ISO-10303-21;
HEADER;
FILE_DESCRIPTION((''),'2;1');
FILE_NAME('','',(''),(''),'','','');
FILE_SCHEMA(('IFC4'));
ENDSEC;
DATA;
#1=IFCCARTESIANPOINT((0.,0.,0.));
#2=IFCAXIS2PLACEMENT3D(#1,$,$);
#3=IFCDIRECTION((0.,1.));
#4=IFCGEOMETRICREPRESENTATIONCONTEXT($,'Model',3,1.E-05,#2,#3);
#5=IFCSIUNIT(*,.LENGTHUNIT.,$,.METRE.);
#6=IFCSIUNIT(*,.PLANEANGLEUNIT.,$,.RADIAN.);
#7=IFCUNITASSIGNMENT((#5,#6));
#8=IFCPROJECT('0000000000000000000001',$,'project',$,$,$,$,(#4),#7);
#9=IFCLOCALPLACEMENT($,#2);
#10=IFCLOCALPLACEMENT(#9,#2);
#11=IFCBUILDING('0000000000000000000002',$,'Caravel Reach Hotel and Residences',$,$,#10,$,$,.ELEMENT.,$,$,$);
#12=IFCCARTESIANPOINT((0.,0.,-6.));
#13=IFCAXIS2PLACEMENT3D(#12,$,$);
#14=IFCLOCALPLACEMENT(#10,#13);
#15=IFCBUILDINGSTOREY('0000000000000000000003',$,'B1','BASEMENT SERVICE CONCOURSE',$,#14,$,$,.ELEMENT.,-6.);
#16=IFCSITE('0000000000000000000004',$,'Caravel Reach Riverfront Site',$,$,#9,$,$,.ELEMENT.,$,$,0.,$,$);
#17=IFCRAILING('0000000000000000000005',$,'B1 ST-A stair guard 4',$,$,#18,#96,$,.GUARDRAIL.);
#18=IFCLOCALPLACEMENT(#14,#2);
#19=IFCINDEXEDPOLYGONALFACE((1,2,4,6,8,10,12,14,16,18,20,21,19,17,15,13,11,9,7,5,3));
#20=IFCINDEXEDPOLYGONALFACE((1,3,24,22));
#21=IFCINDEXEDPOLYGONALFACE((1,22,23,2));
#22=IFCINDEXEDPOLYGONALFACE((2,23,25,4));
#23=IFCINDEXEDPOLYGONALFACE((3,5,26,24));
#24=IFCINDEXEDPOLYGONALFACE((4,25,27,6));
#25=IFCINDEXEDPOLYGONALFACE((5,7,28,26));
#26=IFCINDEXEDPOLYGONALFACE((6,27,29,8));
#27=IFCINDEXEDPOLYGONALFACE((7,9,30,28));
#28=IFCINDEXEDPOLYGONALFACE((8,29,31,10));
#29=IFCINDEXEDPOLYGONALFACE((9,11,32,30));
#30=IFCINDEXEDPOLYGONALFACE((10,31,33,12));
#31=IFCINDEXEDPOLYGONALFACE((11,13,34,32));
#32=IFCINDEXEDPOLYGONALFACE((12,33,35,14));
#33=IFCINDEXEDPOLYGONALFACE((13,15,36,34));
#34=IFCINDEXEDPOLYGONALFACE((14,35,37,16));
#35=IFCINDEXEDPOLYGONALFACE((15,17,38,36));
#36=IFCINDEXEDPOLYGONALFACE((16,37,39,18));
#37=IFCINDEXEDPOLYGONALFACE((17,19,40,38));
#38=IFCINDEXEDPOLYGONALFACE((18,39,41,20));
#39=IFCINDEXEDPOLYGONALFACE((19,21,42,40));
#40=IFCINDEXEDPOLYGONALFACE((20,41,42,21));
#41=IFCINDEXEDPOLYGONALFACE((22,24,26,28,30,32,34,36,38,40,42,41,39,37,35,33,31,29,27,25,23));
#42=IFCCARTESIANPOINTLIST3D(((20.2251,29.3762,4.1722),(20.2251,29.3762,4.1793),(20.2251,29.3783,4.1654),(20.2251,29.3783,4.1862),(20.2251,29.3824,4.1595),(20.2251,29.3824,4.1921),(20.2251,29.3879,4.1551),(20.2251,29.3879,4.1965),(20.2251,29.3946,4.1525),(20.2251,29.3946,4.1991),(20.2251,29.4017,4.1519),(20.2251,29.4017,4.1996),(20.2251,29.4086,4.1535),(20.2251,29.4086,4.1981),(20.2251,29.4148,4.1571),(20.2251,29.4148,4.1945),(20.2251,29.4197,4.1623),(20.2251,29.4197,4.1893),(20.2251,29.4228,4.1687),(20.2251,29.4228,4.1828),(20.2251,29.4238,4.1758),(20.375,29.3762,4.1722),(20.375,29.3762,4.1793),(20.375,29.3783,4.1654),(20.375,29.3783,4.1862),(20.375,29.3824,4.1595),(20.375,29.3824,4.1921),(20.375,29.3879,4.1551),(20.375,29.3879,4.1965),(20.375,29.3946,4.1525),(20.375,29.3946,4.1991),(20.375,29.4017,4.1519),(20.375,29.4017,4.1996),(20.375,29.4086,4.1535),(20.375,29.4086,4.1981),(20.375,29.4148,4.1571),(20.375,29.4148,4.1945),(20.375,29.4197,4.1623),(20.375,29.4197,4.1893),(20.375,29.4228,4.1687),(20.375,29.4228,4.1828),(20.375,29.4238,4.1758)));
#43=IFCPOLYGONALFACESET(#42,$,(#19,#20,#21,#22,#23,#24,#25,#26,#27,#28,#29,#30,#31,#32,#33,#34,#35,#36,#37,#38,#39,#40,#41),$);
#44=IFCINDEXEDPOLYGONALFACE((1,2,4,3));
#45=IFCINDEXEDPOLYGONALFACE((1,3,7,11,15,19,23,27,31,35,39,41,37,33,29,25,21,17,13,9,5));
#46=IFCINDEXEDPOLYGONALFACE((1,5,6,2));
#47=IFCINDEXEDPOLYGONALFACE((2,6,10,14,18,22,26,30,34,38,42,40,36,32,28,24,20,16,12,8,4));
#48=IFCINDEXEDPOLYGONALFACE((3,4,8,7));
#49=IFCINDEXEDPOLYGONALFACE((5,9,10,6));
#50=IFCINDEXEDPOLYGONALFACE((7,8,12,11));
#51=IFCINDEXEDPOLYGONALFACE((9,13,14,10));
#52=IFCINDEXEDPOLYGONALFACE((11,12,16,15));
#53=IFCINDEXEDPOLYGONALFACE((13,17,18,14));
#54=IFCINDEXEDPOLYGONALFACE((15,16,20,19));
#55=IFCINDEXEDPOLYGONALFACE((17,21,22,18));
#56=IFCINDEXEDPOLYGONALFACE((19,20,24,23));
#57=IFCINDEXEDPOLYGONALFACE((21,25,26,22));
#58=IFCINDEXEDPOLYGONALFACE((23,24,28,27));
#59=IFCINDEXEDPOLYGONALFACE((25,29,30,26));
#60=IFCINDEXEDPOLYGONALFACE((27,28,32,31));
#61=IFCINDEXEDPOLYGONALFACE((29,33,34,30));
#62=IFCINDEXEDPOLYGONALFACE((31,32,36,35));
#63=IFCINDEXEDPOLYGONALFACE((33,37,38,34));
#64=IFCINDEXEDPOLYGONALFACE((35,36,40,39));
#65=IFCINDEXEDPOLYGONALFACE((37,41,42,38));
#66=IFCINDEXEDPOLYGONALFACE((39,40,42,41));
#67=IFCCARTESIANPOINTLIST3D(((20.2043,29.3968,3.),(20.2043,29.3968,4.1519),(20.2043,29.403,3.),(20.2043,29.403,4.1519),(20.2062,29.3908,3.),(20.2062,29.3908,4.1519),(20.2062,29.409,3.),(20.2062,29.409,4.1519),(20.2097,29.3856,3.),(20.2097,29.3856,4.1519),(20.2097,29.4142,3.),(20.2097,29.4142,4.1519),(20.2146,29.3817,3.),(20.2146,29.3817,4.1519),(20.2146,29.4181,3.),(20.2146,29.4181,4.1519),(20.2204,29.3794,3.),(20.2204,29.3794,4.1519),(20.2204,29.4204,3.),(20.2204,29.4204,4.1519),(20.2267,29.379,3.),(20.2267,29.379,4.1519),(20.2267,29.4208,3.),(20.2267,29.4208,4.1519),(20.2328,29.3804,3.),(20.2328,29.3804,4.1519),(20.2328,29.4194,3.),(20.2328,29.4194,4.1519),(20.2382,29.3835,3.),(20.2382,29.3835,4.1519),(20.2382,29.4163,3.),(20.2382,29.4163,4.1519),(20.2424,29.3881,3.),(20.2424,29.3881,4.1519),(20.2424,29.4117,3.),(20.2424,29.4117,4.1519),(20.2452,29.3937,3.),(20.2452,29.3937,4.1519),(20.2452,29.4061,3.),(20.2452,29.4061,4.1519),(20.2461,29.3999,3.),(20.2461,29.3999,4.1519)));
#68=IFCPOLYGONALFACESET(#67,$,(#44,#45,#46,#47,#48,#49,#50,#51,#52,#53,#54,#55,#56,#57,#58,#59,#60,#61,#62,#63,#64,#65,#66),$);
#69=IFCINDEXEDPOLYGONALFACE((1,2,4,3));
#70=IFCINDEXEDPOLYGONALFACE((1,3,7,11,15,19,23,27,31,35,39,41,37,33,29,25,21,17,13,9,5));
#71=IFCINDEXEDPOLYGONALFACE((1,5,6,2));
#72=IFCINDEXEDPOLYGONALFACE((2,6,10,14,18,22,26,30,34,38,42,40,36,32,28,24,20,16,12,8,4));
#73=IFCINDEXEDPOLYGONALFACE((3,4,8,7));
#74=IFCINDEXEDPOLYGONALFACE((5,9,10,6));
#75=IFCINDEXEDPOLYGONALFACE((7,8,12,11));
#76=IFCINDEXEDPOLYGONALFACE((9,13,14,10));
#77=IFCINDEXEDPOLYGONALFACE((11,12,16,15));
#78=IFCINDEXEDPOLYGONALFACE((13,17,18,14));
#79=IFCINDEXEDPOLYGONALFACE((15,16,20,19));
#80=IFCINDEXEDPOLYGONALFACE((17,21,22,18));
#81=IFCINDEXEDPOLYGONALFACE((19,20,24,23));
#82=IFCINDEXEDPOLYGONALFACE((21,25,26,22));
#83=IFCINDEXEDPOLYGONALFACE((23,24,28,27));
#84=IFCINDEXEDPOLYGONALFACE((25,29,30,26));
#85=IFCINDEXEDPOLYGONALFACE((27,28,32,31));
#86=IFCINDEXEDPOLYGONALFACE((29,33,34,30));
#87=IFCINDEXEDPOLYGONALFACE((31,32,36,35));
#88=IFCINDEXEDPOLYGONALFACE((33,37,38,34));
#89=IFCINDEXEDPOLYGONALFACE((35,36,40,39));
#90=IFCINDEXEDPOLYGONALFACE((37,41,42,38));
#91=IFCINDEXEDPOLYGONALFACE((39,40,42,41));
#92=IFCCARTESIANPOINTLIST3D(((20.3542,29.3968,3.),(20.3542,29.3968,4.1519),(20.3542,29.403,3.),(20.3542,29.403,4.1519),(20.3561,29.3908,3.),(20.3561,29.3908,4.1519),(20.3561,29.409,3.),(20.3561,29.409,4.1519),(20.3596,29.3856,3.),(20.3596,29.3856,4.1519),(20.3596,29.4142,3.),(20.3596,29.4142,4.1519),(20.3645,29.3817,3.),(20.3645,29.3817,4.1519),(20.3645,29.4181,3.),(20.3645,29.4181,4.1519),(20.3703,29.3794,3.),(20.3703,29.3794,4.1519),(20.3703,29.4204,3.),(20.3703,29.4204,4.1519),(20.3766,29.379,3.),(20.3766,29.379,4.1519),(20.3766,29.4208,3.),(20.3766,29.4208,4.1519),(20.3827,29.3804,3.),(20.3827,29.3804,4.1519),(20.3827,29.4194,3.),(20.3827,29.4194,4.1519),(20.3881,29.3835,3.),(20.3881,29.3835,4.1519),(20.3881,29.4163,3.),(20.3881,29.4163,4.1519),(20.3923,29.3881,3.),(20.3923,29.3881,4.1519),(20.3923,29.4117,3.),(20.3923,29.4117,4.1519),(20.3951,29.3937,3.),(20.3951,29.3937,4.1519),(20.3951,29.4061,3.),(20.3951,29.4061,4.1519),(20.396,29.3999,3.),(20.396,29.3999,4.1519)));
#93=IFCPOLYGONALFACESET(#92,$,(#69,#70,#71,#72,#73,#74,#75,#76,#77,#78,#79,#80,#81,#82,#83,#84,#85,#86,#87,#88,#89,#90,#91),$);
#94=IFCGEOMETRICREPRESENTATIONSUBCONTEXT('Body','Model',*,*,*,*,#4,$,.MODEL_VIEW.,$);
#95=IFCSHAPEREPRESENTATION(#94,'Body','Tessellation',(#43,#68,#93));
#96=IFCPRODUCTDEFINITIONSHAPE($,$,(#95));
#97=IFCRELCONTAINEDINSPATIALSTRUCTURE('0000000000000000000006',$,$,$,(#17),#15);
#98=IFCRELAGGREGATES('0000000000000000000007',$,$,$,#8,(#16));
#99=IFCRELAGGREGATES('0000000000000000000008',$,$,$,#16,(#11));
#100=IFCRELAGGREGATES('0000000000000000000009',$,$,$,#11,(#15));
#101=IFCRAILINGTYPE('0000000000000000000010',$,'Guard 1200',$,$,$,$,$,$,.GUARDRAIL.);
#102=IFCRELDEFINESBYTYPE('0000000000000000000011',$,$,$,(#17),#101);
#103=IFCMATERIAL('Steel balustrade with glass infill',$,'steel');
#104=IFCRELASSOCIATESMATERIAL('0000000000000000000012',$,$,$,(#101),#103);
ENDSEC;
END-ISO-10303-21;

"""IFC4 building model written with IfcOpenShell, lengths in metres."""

from ifc_helpers import new_model, si_unit, direction, frame, origin, origin_2d, place, context, subcontext, project, spatial, circle, extrude, material, type_object, element, save


model = new_model("IFC4")

# Units and contexts
model_context = context("Model", 3, precision=1e-05, world=origin(), true_north=direction((0.0, 1.0)))
body_context = subcontext(model_context, "Body", "Model", "MODEL_VIEW")
ifc_project = project(units=[si_unit("LENGTHUNIT", "METRE"), si_unit("PLANEANGLEUNIT", "RADIAN")], contexts=[model_context])

# Site, building, storey
site_placement = place(None, origin())
site = spatial("IfcSite", under=ifc_project, at=site_placement, Name="Caravel Reach Riverfront Site", CompositionType="ELEMENT", RefElevation=0.0)
building_placement = place(site_placement, origin())
building = spatial("IfcBuilding", under=site, at=building_placement, Name="Caravel Reach Hotel and Residences", CompositionType="ELEMENT")
storey_placement = place(building_placement, frame((0.0, 0.0, -6.0)))
storey = spatial("IfcBuildingStorey", under=building, at=storey_placement, Name="B1", Description="BASEMENT SERVICE CONCOURSE", CompositionType="ELEMENT", Elevation=-6.0)

# Railing
ifc_material_1 = material(Name="Steel balustrade with glass infill", Category="steel")
railing_type_1 = type_object("IfcRailingType", Name="Guard 1200", PredefinedType="GUARDRAIL", material=ifc_material_1)
railing_1_placement = place(storey_placement, frame((20.2251, 29.3999, 3.0)))
element("IfcRailing", 1, at=railing_1_placement, inside=storey, type_object=railing_type_1, Name="B1 ST-A stair guard 4", PredefinedType="GUARDRAIL", context=body_context, shape_type="SweptSolid", body=[
    extrude(circle(Radius=0.0239, at=origin_2d()), frame((0.0, 0.0, 1.1758), z_axis=(1.0, 0.0, 0.0), x_axis=(0.0, 1.0, 0.0)), (0.0, 0.0, 1.0), 0.1499),
    extrude(circle(Radius=0.021, at=origin_2d()), origin(), (0.0, 0.0, 1.0), 1.1519),
    extrude(circle(Radius=0.021, at=origin_2d()), frame((0.1499, 0.0, 0.0)), (0.0, 0.0, 1.0), 1.1519),
])

save(model, "model.ifc")
